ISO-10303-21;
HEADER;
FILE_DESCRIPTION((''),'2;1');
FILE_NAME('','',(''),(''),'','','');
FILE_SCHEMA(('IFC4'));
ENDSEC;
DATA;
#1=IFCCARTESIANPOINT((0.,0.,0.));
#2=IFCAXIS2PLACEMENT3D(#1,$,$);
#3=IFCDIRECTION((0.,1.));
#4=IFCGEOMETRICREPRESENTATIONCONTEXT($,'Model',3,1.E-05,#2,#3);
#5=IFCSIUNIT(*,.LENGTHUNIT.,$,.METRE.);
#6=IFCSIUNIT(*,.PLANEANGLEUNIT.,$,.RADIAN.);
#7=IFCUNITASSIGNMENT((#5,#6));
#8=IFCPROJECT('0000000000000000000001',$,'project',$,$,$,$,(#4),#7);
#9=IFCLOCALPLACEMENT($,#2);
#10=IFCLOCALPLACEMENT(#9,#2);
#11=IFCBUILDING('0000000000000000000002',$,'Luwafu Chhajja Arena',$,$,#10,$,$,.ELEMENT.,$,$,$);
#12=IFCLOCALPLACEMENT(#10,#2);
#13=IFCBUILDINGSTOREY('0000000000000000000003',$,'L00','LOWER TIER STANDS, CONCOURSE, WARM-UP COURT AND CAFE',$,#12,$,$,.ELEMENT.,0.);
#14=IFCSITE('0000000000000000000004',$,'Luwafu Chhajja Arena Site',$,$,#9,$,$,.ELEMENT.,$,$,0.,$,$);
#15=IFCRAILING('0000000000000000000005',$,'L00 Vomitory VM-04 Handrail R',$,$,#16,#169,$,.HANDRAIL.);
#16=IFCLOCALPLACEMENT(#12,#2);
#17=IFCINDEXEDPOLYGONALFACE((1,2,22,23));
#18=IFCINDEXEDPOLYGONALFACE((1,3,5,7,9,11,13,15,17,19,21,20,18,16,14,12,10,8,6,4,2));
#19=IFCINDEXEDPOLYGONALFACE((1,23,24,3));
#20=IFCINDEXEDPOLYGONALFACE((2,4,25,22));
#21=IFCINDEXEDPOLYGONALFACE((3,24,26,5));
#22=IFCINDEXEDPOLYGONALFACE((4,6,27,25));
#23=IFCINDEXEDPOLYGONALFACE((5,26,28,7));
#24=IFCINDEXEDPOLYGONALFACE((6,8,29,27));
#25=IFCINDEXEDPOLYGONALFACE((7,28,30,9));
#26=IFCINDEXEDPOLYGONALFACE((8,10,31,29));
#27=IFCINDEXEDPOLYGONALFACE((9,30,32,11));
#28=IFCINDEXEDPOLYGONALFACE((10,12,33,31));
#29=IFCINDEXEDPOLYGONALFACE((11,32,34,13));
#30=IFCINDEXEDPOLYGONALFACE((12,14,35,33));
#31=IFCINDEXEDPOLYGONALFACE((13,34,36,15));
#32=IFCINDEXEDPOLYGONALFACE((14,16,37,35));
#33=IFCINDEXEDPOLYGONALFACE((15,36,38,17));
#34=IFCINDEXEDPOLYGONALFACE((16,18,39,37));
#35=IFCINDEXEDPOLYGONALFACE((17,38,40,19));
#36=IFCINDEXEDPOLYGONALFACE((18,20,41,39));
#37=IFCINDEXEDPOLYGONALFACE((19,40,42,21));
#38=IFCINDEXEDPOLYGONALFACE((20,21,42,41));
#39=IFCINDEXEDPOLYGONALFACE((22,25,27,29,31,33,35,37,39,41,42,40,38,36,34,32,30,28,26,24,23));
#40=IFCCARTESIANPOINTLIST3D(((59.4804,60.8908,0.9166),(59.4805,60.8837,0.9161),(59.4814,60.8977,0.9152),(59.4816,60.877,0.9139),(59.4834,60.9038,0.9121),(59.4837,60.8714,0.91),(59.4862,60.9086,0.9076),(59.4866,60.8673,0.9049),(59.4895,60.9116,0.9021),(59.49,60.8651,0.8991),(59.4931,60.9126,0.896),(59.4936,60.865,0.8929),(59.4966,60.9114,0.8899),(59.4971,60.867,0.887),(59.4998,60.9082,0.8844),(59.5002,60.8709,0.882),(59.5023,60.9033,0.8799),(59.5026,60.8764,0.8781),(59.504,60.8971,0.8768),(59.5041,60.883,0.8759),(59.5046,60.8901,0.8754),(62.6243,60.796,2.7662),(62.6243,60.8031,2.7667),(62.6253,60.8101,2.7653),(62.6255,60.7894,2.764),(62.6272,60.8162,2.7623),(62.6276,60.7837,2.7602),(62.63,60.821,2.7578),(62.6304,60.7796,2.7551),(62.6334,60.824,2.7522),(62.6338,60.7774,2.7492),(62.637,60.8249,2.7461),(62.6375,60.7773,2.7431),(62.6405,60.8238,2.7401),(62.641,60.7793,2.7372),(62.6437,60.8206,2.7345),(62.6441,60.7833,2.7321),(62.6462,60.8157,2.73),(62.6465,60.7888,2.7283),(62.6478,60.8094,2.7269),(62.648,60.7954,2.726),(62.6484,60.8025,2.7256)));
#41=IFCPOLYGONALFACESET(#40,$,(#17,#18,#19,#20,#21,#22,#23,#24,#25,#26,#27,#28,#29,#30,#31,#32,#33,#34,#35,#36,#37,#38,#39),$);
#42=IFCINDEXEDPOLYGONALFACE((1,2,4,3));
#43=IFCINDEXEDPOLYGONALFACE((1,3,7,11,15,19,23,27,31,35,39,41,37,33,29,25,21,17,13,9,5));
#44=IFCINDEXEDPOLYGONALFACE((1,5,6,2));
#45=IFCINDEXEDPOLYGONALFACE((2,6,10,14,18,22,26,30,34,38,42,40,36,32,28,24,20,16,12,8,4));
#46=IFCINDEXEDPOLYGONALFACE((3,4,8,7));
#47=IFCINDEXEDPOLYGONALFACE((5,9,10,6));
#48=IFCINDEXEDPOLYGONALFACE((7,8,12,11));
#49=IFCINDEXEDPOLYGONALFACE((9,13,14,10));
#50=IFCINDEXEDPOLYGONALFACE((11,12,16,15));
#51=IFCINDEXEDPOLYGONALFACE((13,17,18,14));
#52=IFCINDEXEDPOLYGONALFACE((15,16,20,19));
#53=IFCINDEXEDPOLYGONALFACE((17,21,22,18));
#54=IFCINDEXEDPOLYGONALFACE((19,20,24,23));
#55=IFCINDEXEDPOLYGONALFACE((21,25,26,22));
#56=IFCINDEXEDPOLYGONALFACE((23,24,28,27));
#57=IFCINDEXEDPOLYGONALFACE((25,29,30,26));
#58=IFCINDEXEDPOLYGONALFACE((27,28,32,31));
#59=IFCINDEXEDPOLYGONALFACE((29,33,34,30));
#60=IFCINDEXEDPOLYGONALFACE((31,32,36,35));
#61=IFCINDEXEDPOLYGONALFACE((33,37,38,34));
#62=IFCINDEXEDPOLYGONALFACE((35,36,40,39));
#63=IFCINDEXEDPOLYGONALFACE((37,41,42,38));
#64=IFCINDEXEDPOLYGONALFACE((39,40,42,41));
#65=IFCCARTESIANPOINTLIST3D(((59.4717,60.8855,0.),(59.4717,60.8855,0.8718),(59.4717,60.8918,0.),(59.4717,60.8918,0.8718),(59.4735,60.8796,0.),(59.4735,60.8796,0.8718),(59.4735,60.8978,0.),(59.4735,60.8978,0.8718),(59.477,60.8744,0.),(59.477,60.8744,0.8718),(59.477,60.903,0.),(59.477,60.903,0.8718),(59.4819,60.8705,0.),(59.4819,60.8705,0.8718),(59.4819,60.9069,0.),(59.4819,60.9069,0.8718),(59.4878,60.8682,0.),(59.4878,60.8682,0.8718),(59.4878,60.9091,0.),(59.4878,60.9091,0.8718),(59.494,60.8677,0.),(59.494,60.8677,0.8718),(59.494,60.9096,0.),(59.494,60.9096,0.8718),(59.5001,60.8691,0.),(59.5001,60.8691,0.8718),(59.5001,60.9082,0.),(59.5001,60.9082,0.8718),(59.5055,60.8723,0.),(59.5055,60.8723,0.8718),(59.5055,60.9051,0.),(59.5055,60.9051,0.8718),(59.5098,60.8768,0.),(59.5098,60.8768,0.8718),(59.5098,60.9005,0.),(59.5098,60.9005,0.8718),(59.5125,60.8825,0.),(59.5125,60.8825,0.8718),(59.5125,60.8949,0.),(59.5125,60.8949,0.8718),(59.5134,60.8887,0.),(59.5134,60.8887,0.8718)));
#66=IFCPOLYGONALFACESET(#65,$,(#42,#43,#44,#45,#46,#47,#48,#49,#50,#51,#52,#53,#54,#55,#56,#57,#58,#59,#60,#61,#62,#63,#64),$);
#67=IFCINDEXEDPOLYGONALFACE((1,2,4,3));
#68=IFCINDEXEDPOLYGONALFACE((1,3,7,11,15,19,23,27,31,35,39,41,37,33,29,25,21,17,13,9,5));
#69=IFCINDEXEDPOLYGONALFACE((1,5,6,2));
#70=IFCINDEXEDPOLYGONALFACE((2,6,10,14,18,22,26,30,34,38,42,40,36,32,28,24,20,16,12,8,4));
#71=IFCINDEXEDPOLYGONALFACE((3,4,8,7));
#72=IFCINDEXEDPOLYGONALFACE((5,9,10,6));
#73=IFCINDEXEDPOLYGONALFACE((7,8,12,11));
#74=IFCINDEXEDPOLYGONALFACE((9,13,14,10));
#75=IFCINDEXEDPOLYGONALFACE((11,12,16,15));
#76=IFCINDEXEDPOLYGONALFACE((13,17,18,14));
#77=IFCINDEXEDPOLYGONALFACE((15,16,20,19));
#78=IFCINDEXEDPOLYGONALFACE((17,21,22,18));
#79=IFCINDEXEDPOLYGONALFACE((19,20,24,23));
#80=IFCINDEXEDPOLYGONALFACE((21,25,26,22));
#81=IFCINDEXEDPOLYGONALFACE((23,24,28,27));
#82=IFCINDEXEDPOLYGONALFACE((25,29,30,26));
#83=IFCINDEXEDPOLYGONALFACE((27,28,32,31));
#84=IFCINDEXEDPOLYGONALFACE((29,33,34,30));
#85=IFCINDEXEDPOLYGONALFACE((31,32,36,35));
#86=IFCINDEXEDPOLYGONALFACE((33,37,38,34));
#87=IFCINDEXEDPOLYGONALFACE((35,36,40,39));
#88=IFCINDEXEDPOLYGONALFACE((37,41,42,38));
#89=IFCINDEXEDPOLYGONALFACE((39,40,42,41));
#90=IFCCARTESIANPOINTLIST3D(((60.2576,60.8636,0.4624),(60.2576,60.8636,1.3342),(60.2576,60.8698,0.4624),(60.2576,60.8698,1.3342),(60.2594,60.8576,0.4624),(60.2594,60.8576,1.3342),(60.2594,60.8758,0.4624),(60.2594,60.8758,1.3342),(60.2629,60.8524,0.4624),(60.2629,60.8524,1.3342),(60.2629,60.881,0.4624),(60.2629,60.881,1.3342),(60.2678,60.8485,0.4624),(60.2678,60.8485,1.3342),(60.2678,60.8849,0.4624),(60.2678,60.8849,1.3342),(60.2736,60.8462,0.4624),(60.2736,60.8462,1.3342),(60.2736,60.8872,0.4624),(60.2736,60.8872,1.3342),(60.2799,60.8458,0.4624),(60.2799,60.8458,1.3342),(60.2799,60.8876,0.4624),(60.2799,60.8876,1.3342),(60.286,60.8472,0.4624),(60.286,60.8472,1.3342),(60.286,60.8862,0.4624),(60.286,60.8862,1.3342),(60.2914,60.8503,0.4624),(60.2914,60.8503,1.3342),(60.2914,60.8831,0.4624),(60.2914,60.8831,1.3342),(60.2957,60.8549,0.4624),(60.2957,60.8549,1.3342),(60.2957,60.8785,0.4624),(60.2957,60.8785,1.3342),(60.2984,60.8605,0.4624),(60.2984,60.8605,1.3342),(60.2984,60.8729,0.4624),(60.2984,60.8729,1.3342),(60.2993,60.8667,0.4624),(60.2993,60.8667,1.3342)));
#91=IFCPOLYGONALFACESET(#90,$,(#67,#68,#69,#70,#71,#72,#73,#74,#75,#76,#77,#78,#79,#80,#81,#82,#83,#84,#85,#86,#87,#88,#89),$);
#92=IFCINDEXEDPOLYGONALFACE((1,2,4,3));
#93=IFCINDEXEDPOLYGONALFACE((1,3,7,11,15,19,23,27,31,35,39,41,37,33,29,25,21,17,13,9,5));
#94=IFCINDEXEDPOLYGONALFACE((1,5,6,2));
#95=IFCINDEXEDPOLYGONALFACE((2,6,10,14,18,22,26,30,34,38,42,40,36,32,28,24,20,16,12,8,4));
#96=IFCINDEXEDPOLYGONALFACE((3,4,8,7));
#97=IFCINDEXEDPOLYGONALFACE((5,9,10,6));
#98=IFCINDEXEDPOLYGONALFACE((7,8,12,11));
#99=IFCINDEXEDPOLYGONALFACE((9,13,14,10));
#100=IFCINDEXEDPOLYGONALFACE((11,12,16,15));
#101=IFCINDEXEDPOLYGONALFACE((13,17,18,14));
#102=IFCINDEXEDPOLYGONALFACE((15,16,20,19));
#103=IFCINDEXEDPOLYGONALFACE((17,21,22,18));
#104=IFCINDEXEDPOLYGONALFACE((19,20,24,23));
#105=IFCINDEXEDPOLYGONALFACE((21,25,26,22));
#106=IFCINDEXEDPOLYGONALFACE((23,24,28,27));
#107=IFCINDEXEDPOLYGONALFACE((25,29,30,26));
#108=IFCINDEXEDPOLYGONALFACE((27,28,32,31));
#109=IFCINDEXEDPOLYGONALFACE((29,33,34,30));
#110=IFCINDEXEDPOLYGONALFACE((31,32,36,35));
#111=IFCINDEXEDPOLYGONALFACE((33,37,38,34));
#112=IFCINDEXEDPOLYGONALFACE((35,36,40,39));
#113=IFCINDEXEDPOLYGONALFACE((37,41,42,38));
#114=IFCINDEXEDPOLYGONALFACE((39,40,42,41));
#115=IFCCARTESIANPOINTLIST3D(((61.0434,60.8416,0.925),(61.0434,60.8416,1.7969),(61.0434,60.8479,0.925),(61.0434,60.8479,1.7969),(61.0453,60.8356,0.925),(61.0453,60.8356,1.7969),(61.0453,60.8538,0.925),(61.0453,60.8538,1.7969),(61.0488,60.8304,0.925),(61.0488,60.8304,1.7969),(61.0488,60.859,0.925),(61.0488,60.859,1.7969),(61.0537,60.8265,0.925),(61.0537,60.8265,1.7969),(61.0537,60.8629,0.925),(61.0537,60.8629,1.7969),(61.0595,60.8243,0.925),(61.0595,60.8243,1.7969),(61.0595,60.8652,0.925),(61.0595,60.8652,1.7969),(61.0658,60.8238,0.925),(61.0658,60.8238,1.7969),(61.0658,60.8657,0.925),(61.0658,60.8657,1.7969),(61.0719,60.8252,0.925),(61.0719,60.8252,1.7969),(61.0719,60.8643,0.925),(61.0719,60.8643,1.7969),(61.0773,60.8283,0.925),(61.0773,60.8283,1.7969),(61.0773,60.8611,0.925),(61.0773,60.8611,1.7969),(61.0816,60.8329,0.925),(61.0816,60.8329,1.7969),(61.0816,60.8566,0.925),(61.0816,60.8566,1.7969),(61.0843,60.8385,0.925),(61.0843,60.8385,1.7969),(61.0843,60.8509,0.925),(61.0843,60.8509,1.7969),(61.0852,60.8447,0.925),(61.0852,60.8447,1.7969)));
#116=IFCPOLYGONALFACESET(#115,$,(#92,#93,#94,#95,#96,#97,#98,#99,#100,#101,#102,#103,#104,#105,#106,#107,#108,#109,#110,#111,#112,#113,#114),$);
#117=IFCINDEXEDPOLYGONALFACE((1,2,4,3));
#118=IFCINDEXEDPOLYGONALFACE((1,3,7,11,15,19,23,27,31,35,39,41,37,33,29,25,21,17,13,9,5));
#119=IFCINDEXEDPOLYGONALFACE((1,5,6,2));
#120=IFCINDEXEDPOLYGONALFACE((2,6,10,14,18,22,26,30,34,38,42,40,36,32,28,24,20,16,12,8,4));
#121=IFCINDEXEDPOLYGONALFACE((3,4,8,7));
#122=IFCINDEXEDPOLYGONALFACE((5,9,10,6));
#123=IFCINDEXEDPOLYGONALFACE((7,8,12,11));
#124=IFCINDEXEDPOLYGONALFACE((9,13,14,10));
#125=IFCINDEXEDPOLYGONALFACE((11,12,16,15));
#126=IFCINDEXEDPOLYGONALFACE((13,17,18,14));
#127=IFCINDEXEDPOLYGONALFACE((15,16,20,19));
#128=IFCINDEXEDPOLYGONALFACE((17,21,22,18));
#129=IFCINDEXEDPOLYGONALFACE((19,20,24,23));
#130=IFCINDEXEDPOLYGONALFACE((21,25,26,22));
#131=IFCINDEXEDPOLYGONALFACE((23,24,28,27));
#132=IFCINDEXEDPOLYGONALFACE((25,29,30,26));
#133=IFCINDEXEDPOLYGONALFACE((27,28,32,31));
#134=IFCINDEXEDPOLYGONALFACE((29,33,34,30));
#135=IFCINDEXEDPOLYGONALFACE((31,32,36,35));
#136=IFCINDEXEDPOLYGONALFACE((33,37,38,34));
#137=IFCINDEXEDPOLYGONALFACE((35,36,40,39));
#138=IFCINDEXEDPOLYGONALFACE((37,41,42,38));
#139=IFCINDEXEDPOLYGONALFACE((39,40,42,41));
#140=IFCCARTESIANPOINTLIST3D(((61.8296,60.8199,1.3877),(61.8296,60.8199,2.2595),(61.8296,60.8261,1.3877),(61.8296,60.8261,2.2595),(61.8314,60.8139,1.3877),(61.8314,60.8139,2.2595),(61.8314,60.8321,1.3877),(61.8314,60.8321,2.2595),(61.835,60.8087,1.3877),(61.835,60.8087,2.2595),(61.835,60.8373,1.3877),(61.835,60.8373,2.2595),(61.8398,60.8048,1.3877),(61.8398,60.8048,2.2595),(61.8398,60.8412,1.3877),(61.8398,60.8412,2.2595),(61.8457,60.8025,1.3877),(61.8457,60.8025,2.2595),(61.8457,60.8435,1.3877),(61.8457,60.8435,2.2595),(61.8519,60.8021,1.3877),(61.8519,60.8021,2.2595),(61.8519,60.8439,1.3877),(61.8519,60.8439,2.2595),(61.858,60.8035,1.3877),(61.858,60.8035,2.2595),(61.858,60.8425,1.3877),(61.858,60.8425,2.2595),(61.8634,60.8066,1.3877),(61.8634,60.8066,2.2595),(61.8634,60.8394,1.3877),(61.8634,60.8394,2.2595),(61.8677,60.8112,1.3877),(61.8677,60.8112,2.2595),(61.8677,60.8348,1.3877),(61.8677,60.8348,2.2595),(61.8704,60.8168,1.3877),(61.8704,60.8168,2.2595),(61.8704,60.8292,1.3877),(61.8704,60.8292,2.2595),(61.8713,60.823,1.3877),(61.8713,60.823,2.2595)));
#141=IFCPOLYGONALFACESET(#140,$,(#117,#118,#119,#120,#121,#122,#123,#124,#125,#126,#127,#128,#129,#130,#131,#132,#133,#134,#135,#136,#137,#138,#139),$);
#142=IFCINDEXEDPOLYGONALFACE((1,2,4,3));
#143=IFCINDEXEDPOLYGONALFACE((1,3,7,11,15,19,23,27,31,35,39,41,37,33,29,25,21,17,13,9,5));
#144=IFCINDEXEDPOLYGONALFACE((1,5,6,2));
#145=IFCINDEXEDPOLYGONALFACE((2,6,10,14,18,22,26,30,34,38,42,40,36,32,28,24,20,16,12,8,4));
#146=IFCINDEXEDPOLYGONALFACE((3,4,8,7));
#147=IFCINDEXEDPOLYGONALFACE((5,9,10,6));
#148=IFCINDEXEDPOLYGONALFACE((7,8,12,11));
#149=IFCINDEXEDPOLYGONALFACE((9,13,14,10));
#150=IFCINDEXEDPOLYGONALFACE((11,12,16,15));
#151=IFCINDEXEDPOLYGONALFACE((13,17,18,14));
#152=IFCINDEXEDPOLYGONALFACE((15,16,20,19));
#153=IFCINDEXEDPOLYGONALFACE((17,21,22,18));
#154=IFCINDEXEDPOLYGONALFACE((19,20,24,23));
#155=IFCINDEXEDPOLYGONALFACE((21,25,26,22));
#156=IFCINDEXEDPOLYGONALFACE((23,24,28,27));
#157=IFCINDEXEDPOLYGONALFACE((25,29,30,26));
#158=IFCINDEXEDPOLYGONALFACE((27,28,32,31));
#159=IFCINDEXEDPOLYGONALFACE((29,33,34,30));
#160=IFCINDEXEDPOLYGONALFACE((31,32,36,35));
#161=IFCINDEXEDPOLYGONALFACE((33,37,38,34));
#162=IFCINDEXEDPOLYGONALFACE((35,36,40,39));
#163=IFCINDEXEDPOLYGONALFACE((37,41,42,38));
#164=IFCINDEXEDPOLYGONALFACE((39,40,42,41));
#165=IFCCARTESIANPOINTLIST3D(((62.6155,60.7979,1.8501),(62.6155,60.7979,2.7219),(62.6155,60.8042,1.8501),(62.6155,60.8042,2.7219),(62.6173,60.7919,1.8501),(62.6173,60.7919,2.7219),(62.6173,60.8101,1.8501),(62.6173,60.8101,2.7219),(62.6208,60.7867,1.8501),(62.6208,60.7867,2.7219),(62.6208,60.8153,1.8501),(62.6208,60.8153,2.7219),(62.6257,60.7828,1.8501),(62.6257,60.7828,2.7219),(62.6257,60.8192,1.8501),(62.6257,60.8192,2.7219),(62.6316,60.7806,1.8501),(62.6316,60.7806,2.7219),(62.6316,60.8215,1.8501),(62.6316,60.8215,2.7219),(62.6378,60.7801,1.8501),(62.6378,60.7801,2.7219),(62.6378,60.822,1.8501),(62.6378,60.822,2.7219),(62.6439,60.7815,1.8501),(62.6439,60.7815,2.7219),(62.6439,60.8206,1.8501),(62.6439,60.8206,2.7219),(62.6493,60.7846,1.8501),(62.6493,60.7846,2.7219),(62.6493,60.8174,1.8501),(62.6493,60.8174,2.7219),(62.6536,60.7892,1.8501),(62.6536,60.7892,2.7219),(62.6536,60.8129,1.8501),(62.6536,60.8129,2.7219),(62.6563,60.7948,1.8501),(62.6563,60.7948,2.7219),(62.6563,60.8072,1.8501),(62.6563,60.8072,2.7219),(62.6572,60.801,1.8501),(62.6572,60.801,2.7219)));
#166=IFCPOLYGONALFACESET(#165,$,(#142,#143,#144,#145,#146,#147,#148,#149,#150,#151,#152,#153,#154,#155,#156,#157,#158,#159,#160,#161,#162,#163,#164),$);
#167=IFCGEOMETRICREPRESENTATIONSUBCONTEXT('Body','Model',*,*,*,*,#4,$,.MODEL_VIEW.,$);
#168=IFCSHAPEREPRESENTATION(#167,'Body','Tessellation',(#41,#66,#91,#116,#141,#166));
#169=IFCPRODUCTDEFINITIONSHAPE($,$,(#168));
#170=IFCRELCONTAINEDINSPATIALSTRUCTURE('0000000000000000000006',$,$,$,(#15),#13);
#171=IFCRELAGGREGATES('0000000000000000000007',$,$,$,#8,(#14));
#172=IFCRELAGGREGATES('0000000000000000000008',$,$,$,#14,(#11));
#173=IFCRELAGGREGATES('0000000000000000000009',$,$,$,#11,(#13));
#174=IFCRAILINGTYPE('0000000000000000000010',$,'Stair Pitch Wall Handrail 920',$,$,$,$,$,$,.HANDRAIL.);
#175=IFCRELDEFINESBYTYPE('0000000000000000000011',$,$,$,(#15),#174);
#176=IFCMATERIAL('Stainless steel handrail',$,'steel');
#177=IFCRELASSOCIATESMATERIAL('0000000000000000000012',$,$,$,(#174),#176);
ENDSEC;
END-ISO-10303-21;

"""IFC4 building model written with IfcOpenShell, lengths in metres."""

from ifc_helpers import new_model, si_unit, direction, frame, origin, origin_2d, place, context, subcontext, project, spatial, circle, extrude, material, type_object, element, save


model = new_model("IFC4")

# Units and contexts
model_context = context("Model", 3, precision=1e-05, world=origin(), true_north=direction((0.0, 1.0)))
body_context = subcontext(model_context, "Body", "Model", "MODEL_VIEW")
ifc_project = project(units=[si_unit("LENGTHUNIT", "METRE"), si_unit("PLANEANGLEUNIT", "RADIAN")], contexts=[model_context])

# Site, building, storey
site_placement = place(None, origin())
site = spatial("IfcSite", under=ifc_project, at=site_placement, Name="Luwafu Chhajja Arena Site", CompositionType="ELEMENT", RefElevation=0.0)
building_placement = place(site_placement, origin())
building = spatial("IfcBuilding", under=site, at=building_placement, Name="Luwafu Chhajja Arena", CompositionType="ELEMENT")
storey_placement = place(building_placement, origin())
storey = spatial("IfcBuildingStorey", under=building, at=storey_placement, Name="L00", Description="LOWER TIER STANDS, CONCOURSE, WARM-UP COURT AND CAFE", CompositionType="ELEMENT", Elevation=0.0)

# Railing
ifc_material_1 = material(Name="Stainless steel handrail", Category="steel")
railing_type_1 = type_object("IfcRailingType", Name="Stair Pitch Wall Handrail 920", PredefinedType="HANDRAIL", material=ifc_material_1)
railing_1_placement = place(storey_placement, frame((59.4924, 60.8887, 0.0)))
element("IfcRailing", 1, at=railing_1_placement, inside=storey, type_object=railing_type_1, Name="L00 Vomitory VM-04 Handrail R", PredefinedType="HANDRAIL", context=body_context, shape_type="SweptSolid", body=[
    extrude(circle(Radius=0.0239, at=origin_2d()), frame((0.0, 0.0, 0.896), z_axis=(0.861589, -0.02402, 0.507038), x_axis=(0.027868, 0.999612, 0.0)), (0.0, 0.0, 1.0), 3.6489),
    extrude(circle(Radius=0.021, at=origin_2d()), origin(), (0.0, 0.0, 1.0), 0.8718),
    extrude(circle(Radius=0.021, at=origin_2d()), frame((0.7859, -0.022, 0.4624)), (0.0, 0.0, 1.0), 0.8718),
    extrude(circle(Radius=0.021, at=origin_2d()), frame((1.5718, -0.0439, 0.925)), (0.0, 0.0, 1.0), 0.8718),
    extrude(circle(Radius=0.021, at=origin_2d()), frame((2.3579, -0.0657, 1.3877)), (0.0, 0.0, 1.0), 0.8718),
    extrude(circle(Radius=0.021, at=origin_2d()), frame((3.1438, -0.0876, 1.8501)), (0.0, 0.0, 1.0), 0.8718),
])

save(model, "model.ifc")
